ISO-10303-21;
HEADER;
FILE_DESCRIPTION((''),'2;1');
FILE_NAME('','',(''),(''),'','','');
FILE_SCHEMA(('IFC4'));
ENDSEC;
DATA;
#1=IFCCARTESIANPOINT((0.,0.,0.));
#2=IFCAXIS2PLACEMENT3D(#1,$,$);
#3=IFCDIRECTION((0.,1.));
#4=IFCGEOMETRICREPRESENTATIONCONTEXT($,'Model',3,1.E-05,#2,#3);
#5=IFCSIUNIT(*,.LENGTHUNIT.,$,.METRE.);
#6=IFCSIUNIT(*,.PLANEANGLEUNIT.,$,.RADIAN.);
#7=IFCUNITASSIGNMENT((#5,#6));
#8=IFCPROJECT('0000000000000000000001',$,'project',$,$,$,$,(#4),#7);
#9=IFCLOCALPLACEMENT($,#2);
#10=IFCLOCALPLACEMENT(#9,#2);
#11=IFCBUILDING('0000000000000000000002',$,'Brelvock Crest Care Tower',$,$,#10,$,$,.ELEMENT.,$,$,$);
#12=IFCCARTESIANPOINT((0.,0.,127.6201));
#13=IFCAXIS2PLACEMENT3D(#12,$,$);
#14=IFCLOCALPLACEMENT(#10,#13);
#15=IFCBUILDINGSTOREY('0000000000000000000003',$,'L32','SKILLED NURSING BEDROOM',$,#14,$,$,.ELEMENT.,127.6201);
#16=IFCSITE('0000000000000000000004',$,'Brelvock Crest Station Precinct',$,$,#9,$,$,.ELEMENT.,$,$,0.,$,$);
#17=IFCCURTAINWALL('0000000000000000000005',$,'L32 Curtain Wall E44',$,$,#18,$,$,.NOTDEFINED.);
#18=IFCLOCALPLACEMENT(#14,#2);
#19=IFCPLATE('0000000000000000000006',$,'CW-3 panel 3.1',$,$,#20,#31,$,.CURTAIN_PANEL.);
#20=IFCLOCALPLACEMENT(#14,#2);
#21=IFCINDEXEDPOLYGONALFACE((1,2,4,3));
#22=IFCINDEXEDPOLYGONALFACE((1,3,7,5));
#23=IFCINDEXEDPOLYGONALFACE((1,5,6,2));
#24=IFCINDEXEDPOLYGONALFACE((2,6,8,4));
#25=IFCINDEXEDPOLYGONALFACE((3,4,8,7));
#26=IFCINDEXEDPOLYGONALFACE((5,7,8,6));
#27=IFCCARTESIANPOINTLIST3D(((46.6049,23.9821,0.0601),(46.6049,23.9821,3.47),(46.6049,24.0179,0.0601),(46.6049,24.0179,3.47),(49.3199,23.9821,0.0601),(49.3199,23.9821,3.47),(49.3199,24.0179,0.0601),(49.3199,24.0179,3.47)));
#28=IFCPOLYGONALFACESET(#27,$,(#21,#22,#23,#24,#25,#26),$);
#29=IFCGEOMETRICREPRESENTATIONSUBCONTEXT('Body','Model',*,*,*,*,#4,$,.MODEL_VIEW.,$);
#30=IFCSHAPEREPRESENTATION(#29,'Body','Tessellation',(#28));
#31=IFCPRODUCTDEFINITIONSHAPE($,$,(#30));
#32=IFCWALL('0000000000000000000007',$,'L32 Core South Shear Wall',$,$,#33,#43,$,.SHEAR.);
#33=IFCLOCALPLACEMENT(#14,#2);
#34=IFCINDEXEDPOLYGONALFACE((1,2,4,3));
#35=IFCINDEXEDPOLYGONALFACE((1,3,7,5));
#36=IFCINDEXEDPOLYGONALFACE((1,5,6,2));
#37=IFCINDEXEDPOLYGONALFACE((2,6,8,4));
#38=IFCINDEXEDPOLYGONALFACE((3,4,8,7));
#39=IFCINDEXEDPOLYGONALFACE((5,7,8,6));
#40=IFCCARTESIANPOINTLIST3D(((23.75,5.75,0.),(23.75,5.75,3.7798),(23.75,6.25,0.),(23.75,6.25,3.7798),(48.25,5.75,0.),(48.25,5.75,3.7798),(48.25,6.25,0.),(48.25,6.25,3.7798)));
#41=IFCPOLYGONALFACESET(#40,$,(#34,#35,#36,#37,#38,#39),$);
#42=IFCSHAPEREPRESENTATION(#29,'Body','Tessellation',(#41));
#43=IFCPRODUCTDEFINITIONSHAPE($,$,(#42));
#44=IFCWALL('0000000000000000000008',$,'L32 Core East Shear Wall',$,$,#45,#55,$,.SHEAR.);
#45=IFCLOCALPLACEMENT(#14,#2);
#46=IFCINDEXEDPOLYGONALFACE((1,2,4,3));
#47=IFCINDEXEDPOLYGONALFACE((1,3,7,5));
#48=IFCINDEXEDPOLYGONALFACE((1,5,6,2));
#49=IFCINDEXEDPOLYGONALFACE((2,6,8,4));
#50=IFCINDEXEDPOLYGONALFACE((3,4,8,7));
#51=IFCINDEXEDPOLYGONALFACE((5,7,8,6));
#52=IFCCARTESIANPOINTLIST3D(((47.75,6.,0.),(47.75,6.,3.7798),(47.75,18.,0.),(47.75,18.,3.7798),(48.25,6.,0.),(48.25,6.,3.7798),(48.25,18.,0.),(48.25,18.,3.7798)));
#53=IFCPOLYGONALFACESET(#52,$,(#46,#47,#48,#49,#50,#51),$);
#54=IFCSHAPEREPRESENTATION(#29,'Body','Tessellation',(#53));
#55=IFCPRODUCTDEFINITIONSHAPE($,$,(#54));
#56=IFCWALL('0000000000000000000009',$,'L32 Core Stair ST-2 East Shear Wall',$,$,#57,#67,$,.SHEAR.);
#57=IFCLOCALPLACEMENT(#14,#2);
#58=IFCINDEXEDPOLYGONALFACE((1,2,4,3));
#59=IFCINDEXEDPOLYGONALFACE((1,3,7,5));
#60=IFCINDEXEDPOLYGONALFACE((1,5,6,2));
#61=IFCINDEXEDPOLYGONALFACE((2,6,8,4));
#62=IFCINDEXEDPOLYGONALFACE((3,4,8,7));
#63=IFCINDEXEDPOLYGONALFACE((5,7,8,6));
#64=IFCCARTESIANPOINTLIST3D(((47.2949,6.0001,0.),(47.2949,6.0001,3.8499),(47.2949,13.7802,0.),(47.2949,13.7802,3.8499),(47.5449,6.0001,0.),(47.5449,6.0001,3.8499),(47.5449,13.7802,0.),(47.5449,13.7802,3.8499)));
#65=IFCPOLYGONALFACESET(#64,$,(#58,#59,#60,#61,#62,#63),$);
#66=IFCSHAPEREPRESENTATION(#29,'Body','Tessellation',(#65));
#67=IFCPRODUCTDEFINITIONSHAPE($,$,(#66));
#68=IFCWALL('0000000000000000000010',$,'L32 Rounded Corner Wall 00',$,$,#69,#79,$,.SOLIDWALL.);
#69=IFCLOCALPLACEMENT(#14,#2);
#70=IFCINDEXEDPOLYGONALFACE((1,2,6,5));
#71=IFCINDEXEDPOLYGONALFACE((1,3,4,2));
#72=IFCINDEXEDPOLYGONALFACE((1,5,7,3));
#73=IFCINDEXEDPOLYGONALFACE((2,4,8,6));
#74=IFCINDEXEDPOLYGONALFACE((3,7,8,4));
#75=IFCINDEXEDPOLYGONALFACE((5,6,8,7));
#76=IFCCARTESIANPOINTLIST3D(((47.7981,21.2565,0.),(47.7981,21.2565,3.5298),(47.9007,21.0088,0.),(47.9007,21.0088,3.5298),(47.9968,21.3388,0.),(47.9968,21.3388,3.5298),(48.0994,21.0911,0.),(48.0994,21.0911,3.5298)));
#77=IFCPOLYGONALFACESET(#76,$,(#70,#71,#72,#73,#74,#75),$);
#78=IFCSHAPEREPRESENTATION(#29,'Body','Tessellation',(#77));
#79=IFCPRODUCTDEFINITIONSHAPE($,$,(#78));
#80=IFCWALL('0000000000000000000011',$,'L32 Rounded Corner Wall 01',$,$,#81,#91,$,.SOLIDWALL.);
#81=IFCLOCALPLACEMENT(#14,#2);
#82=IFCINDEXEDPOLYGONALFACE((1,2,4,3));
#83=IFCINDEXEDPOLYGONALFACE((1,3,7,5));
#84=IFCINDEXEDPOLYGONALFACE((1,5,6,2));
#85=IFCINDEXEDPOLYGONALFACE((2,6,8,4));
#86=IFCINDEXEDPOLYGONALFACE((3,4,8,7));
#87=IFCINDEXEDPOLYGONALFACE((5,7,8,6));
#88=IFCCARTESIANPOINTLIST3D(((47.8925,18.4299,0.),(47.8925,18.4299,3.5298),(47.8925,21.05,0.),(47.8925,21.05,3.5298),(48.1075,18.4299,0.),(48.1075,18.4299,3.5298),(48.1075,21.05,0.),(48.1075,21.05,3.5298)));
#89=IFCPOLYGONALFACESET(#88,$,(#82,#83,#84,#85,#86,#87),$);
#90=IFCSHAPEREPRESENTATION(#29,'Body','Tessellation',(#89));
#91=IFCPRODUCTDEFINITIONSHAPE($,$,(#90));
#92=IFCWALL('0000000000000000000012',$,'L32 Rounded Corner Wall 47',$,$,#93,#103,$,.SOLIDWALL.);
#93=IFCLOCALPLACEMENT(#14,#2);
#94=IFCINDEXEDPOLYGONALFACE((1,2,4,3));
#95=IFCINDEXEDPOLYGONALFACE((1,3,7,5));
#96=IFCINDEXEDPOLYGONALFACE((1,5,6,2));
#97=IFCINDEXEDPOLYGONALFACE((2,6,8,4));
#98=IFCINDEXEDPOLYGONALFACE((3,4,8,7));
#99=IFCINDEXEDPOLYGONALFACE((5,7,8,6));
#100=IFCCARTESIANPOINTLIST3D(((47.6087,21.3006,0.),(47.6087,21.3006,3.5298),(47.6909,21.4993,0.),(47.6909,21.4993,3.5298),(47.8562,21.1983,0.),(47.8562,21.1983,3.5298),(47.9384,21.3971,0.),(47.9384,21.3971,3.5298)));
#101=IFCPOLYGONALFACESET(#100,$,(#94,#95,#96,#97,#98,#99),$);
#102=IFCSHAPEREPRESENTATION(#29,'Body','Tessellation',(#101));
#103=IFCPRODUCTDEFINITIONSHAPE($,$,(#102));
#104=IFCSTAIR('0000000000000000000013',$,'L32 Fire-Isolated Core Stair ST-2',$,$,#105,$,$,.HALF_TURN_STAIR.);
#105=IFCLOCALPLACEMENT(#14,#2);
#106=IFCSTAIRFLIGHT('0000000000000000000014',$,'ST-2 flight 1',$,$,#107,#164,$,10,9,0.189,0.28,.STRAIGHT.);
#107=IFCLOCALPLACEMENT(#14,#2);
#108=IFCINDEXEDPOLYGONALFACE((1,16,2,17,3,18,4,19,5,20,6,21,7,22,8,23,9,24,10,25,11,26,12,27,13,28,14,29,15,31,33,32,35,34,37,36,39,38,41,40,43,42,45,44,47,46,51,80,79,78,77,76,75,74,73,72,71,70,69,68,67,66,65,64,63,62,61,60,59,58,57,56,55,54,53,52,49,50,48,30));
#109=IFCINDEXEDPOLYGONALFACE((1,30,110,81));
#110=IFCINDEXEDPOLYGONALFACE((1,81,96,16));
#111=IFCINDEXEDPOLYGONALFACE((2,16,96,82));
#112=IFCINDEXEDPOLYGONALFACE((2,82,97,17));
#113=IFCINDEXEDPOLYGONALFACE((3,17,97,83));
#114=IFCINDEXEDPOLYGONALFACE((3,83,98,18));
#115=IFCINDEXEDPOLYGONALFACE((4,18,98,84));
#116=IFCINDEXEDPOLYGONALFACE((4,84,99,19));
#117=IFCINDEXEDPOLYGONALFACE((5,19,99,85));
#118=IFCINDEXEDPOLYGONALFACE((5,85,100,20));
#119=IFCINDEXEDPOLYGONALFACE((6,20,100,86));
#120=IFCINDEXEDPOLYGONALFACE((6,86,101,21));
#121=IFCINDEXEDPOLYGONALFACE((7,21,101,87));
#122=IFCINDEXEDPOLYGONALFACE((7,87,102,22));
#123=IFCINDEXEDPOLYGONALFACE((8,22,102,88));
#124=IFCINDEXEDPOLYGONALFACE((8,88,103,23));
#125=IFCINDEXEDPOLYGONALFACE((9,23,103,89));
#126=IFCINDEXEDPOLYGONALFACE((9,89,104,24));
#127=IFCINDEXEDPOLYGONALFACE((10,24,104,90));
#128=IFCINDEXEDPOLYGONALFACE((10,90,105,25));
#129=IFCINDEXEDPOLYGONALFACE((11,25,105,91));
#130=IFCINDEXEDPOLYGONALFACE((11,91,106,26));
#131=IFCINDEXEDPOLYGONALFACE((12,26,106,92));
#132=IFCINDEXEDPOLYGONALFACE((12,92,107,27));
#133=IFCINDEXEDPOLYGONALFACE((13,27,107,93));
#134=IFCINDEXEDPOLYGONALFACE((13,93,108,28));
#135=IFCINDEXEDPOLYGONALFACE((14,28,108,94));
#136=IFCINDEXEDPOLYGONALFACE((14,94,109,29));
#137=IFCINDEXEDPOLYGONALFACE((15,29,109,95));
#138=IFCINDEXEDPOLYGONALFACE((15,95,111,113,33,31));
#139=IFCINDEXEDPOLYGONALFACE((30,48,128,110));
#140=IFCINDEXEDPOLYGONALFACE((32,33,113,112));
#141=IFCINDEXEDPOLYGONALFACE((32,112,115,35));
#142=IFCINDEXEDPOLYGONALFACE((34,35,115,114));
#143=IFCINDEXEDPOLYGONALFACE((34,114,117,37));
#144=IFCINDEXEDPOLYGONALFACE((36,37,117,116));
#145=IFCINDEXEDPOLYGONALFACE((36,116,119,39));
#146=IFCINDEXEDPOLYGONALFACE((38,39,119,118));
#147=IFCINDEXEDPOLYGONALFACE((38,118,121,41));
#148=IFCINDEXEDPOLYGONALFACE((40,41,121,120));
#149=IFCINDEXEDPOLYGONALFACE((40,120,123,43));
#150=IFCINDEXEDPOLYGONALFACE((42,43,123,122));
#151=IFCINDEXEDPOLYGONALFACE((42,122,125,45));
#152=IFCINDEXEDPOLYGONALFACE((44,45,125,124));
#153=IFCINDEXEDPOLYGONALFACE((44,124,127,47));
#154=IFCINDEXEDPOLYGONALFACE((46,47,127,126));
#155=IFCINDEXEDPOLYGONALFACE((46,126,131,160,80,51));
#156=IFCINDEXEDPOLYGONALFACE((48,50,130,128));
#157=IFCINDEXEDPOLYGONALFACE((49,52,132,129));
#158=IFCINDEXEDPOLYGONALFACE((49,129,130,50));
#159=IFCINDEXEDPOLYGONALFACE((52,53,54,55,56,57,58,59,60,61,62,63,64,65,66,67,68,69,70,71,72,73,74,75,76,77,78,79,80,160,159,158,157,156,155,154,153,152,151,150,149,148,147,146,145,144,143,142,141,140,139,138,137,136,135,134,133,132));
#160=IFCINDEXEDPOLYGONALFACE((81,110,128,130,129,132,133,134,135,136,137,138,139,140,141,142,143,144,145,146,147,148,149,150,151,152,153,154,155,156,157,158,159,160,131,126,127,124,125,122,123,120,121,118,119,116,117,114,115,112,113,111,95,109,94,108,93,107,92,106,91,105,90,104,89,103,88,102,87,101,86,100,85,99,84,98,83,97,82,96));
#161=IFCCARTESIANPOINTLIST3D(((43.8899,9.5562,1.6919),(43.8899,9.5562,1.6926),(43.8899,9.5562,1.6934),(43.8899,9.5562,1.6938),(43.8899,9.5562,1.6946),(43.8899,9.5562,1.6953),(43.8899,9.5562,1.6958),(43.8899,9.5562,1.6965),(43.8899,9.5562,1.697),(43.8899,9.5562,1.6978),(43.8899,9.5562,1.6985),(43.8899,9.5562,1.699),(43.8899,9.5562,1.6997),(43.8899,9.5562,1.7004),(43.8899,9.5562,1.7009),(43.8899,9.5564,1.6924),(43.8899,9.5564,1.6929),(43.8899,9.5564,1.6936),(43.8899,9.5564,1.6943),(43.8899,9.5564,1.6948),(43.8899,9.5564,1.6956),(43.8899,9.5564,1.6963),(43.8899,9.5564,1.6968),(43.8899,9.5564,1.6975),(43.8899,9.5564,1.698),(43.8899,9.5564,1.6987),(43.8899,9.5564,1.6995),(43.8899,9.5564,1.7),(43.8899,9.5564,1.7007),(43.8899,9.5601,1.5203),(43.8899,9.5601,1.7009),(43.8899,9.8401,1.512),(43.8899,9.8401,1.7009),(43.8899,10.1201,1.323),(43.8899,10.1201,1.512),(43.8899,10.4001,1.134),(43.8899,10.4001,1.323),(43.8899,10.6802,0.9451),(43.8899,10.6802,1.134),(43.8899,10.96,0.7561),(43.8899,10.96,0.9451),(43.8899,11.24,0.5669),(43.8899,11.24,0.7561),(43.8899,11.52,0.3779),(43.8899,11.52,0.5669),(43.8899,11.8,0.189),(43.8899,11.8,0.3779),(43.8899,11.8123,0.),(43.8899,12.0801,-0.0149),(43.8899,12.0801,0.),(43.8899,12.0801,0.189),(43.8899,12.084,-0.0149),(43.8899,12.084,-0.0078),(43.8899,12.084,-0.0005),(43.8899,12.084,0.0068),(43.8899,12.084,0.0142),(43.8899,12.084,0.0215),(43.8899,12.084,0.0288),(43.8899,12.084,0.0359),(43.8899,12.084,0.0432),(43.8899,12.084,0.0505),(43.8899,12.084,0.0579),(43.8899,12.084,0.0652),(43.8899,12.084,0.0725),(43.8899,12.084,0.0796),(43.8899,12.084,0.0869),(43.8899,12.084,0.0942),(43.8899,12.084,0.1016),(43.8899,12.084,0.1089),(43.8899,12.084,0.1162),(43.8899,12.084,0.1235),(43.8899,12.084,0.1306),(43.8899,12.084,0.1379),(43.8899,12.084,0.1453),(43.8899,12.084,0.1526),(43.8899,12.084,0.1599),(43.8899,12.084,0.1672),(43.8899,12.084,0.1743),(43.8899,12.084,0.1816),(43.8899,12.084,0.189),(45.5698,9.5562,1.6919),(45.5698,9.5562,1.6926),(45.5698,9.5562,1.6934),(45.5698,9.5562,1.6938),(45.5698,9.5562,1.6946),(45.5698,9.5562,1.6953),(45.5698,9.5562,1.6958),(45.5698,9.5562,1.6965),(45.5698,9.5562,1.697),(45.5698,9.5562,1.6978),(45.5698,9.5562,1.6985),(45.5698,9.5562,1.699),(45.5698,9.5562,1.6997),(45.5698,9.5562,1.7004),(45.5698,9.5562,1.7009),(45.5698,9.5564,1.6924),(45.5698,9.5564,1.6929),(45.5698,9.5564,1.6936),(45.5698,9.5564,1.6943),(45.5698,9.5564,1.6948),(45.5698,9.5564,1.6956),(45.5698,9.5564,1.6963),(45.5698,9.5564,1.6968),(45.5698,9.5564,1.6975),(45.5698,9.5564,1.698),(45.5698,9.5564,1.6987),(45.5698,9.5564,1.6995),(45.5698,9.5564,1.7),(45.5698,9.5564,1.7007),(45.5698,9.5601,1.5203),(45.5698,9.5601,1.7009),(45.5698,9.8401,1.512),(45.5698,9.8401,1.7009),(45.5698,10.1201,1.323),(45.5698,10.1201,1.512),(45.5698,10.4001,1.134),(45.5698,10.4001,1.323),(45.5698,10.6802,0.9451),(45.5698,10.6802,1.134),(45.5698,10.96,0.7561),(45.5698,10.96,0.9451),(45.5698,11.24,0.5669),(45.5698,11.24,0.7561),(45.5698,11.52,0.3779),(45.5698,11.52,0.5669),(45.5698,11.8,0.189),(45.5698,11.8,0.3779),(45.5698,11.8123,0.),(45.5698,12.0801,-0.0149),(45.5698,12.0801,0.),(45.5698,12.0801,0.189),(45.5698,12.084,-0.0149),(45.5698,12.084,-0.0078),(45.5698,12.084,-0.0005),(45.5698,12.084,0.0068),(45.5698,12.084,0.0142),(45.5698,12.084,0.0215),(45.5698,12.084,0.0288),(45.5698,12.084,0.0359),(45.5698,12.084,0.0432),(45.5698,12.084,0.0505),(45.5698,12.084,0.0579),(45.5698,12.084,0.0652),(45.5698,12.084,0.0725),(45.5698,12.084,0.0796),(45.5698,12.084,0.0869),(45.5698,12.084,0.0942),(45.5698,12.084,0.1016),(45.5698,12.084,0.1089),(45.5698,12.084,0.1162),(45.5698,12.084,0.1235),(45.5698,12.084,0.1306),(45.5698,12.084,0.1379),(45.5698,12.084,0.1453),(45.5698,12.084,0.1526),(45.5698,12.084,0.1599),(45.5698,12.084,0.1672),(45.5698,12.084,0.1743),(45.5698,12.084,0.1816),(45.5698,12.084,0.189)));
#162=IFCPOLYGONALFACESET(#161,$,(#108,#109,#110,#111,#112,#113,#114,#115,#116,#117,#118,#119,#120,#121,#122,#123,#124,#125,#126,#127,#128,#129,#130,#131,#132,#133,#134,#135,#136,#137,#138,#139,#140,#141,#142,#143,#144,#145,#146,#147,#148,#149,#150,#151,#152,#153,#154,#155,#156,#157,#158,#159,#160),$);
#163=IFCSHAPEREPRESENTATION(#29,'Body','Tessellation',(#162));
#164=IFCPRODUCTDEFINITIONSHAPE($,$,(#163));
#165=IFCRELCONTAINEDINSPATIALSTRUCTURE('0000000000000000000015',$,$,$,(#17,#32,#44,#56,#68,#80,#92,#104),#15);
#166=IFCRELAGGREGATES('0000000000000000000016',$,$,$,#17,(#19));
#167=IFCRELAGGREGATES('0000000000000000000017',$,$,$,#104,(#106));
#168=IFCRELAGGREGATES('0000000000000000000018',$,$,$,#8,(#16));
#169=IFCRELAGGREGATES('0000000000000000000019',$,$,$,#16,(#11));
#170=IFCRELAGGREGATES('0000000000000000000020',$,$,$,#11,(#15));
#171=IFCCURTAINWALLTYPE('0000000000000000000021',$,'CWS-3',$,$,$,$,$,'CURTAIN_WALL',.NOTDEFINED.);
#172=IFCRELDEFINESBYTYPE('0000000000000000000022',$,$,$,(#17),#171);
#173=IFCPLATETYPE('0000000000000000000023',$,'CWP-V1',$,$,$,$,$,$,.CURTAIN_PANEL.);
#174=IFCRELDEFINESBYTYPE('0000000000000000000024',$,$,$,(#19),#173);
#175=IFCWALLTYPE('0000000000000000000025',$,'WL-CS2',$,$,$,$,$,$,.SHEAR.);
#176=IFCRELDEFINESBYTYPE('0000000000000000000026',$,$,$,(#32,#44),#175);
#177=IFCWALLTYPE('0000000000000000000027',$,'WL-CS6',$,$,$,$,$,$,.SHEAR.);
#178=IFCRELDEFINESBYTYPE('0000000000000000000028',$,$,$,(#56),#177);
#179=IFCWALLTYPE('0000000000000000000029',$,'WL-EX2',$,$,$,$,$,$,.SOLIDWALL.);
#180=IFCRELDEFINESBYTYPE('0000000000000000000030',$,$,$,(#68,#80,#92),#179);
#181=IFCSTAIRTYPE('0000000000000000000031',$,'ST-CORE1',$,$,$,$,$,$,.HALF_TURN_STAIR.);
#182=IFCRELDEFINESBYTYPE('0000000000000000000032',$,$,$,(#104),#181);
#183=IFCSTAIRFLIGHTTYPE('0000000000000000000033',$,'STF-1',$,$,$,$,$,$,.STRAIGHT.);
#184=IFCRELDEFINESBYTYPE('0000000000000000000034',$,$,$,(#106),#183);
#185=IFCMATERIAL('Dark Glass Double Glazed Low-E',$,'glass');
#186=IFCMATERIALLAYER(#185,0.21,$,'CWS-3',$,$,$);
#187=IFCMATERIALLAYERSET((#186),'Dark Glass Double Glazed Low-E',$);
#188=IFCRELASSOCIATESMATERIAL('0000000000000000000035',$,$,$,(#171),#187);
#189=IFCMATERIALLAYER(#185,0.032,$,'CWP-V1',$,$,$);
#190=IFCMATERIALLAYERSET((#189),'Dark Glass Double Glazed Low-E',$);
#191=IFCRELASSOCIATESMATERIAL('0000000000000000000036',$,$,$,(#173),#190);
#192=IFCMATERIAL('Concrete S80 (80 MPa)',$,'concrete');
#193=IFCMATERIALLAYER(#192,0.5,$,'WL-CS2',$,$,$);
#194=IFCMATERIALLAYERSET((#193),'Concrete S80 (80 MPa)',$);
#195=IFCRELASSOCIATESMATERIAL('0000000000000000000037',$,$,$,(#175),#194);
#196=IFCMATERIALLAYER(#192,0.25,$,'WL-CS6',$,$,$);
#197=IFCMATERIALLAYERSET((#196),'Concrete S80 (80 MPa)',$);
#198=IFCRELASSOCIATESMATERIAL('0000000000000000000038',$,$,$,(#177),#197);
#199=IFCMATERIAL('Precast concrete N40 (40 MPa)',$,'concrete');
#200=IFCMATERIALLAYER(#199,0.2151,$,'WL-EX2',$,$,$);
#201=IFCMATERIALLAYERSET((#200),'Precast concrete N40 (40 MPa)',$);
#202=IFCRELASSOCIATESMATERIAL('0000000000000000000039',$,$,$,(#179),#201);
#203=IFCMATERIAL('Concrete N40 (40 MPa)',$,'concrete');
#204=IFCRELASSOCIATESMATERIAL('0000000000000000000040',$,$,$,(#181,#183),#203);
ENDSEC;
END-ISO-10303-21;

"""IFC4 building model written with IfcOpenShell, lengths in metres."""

from ifc_helpers import new_model, si_unit, direction, frame, frame_2d, origin, origin_2d, place, context, subcontext, project, spatial, polyline, rectangle, outline, extrude, source, transform, mapped, material, layer, layer_set, type_object, element, aggregate, save


model = new_model("IFC4")

# Units and contexts
model_context = context("Model", 3, precision=1e-05, world=origin(), true_north=direction((0.0, 1.0)))
body_context = subcontext(model_context, "Body", "Model", "MODEL_VIEW")
ifc_project = project(units=[si_unit("LENGTHUNIT", "METRE"), si_unit("PLANEANGLEUNIT", "RADIAN")], contexts=[model_context])

# Site, building, storey
site_placement = place(None, origin())
site = spatial("IfcSite", under=ifc_project, at=site_placement, Name="Brelvock Crest Station Precinct", CompositionType="ELEMENT", RefElevation=0.0)
building_placement = place(site_placement, origin())
building = spatial("IfcBuilding", under=site, at=building_placement, Name="Brelvock Crest Care Tower", CompositionType="ELEMENT")
storey_placement = place(building_placement, frame((0.0, 0.0, 127.6201)))
storey = spatial("IfcBuildingStorey", under=building, at=storey_placement, Name="L32", Description="SKILLED NURSING BEDROOM", CompositionType="ELEMENT", Elevation=127.6201)

# Shared definitions
ifc_material_1 = material(Name="Concrete S80 (80 MPa)", Category="concrete")

# Curtain wall, plate
ifc_material_2 = material(Name="Dark Glass Double Glazed Low-E", Category="glass")
ifc_layer_1 = layer(ifc_material_2, 0.21, Name="CWS-3")
ifc_layer_set_1 = layer_set([ifc_layer_1], Name="Dark Glass Double Glazed Low-E")
curtain_wall_type = type_object("IfcCurtainWallType", Name="CWS-3", ElementType="CURTAIN_WALL", PredefinedType="NOTDEFINED", material=ifc_layer_set_1)
curtain_wall_placement = place(storey_placement, origin())
curtain_wall = element("IfcCurtainWall", 1, at=curtain_wall_placement, inside=storey, type_object=curtain_wall_type, Name="L32 Curtain Wall E44", PredefinedType="NOTDEFINED")
ifc_layer_2 = layer(ifc_material_2, 0.032, Name="CWP-V1")
ifc_layer_set_2 = layer_set([ifc_layer_2], Name="Dark Glass Double Glazed Low-E")
plate_type = type_object("IfcPlateType", Name="CWP-V1", PredefinedType="CURTAIN_PANEL", material=ifc_layer_set_2)
shared_shape_1 = source(origin(), body_context, "Body", "SweptSolid", [
    extrude(rectangle(XDim=2.7151, YDim=0.0359, at=origin_2d()), origin(), (0.0, 0.0, 1.0), 3.4099),
])
plate_1_placement = place(storey_placement, frame((47.9624, 24.0, 0.0601), z_axis=(0.0, 0.0, 1.0), x_axis=(-1.0, 0.0, 0.0)))
plate_1 = element("IfcPlate", 2, at=plate_1_placement, type_object=plate_type, Name="CW-3 panel 3.1", PredefinedType="CURTAIN_PANEL", context=body_context, shape_type="MappedRepresentation", body=[
    mapped(shared_shape_1, transform((0.0, 0.0, 0.0), x_axis=(1.0, 0.0, 0.0), y_axis=(0.0, 1.0, 0.0), z_axis=(0.0, 0.0, 1.0), scale=1.0)),
])
aggregate(curtain_wall, [plate_1])

# Walls
ifc_layer_3 = layer(ifc_material_1, 0.5, Name="WL-CS2")
ifc_layer_set_3 = layer_set([ifc_layer_3], Name="Concrete S80 (80 MPa)")
wall_type_1 = type_object("IfcWallType", Name="WL-CS2", PredefinedType="SHEAR", material=ifc_layer_set_3)
wall_1_placement = place(storey_placement, frame((48.25, 6.0, 0.0), z_axis=(0.0, 0.0, 1.0), x_axis=(-1.0, 0.0, 0.0)))
element("IfcWall", 3, at=wall_1_placement, inside=storey, type_object=wall_type_1, Name="L32 Core South Shear Wall", PredefinedType="SHEAR", context=body_context, shape_type="SweptSolid", body=[
    extrude(rectangle(XDim=24.5, YDim=0.5, at=frame_2d((12.25, 0.0))), origin(), (0.0, 0.0, 1.0), 3.7798),
])
wall_2_placement = place(storey_placement, frame((48.0, 18.0, 0.0), z_axis=(0.0, 0.0, 1.0), x_axis=(0.0, -1.0, 0.0)))
element("IfcWall", 4, at=wall_2_placement, inside=storey, type_object=wall_type_1, Name="L32 Core East Shear Wall", PredefinedType="SHEAR", context=body_context, shape_type="SweptSolid", body=[
    extrude(rectangle(XDim=12.0, YDim=0.5, at=frame_2d((6.0, 0.0))), origin(), (0.0, 0.0, 1.0), 3.7798),
])
ifc_layer_4 = layer(ifc_material_1, 0.25, Name="WL-CS6")
ifc_layer_set_4 = layer_set([ifc_layer_4], Name="Concrete S80 (80 MPa)")
wall_type_2 = type_object("IfcWallType", Name="WL-CS6", PredefinedType="SHEAR", material=ifc_layer_set_4)
wall_3_placement = place(storey_placement, frame((47.4199, 6.0, 0.0), z_axis=(0.0, 0.0, 1.0), x_axis=(0.0, 1.0, 0.0)))
element("IfcWall", 5, at=wall_3_placement, inside=storey, type_object=wall_type_2, Name="L32 Core Stair ST-2 East Shear Wall", PredefinedType="SHEAR", context=body_context, shape_type="SweptSolid", body=[
    extrude(rectangle(XDim=7.78, YDim=0.25, at=frame_2d((3.8901, 0.0))), origin(), (0.0, 0.0, 1.0), 3.8499),
])
ifc_material_3 = material(Name="Precast concrete N40 (40 MPa)", Category="concrete")
ifc_layer_5 = layer(ifc_material_3, 0.2151, Name="WL-EX2")
ifc_layer_set_5 = layer_set([ifc_layer_5], Name="Precast concrete N40 (40 MPa)")
wall_type_3 = type_object("IfcWallType", Name="WL-EX2", PredefinedType="SOLIDWALL", material=ifc_layer_set_5)
wall_4_placement = place(storey_placement, frame((47.8975, 21.2976, 0.0), z_axis=(0.0, 0.0, 1.0), x_axis=(0.382674, -0.923884, 0.0)))
element("IfcWall", 6, at=wall_4_placement, inside=storey, type_object=wall_type_3, Name="L32 Rounded Corner Wall 00", PredefinedType="SOLIDWALL", context=body_context, shape_type="SweptSolid", body=[
    extrude(rectangle(XDim=0.2681, YDim=0.2151, at=frame_2d((0.134, 0.0))), origin(), (0.0, 0.0, 1.0), 3.5298),
])
wall_5_placement = place(storey_placement, frame((48.0, 21.05, 0.0), z_axis=(0.0, 0.0, 1.0), x_axis=(0.0, -1.0, 0.0)))
element("IfcWall", 7, at=wall_5_placement, inside=storey, type_object=wall_type_3, Name="L32 Rounded Corner Wall 01", PredefinedType="SOLIDWALL", context=body_context, shape_type="SweptSolid", body=[
    extrude(rectangle(XDim=2.6201, YDim=0.2151, at=frame_2d((1.3101, 0.0))), origin(), (0.0, 0.0, 1.0), 3.5298),
])
wall_6_placement = place(storey_placement, frame((47.6499, 21.3999, 0.0), z_axis=(0.0, 0.0, 1.0), x_axis=(0.924205, -0.381896, 0.0)))
element("IfcWall", 8, at=wall_6_placement, inside=storey, type_object=wall_type_3, Name="L32 Rounded Corner Wall 47", PredefinedType="SOLIDWALL", context=body_context, shape_type="SweptSolid", body=[
    extrude(rectangle(XDim=0.2678, YDim=0.2151, at=frame_2d((0.1338, 0.0))), origin(), (0.0, 0.0, 1.0), 3.5298),
])

# Stair, stair flight
ifc_material_4 = material(Name="Concrete N40 (40 MPa)", Category="concrete")
stair_type = type_object("IfcStairType", Name="ST-CORE1", PredefinedType="HALF_TURN_STAIR", material=ifc_material_4)
stair_placement = place(storey_placement, origin())
stair = element("IfcStair", 9, at=stair_placement, inside=storey, type_object=stair_type, Name="L32 Fire-Isolated Core Stair ST-2", PredefinedType="HALF_TURN_STAIR")
stair_flight_type = type_object("IfcStairFlightType", Name="STF-1", PredefinedType="STRAIGHT", material=ifc_material_4)
stair_flight_1_placement = place(storey_placement, frame((44.73, 12.0801, 0.0), z_axis=(0.0, 0.0, 1.0), x_axis=(0.0, -1.0, 0.0)))
stair_flight_1 = element("IfcStairFlight", 10, at=stair_flight_1_placement, type_object=stair_flight_type, Name="ST-2 flight 1", NumberOfRisers=10, NumberOfTreads=9, PredefinedType="STRAIGHT", RiserHeight=0.189, TreadLength=0.28, context=body_context, shape_type="SweptSolid", body=[
    extrude(outline(polyline([(-0.0039, -0.0149), (-0.0039, -0.0078), (-0.0039, -0.0005), (-0.0039, 0.0068), (-0.0039, 0.0142), (-0.0039, 0.0215), (-0.0039, 0.0288), (-0.0039, 0.0359), (-0.0039, 0.0432), (-0.0039, 0.0505), (-0.0039, 0.0579), (-0.0039, 0.0652), (-0.0039, 0.0725), (-0.0039, 0.0796), (-0.0039, 0.0869), (-0.0039, 0.0942), (-0.0039, 0.1016), (-0.0039, 0.1089), (-0.0039, 0.1162), (-0.0039, 0.1235), (-0.0039, 0.1306), (-0.0039, 0.1379), (-0.0039, 0.1453), (-0.0039, 0.1526), (-0.0039, 0.1599), (-0.0039, 0.1672), (-0.0039, 0.1743), (-0.0039, 0.1816), (-0.0039, 0.189), (0.0, 0.189), (0.28, 0.189), (0.28, 0.3779), (0.5601, 0.3779), (0.5601, 0.5669), (0.8401, 0.5669), (0.8401, 0.7561), (1.1201, 0.7561), (1.1201, 0.9451), (1.3999, 0.9451), (1.3999, 1.134), (1.6799, 1.134), (1.6799, 1.323), (1.96, 1.323), (1.96, 1.512), (2.24, 1.512), (2.24, 1.7009), (2.52, 1.7009), (2.5239, 1.7009), (2.5237, 1.7007), (2.5239, 1.7004), (2.5237, 1.7), (2.5239, 1.6997), (2.5237, 1.6995), (2.5239, 1.699), (2.5237, 1.6987), (2.5239, 1.6985), (2.5237, 1.698), (2.5239, 1.6978), (2.5237, 1.6975), (2.5239, 1.697), (2.5237, 1.6968), (2.5239, 1.6965), (2.5237, 1.6963), (2.5239, 1.6958), (2.5237, 1.6956), (2.5239, 1.6953), (2.5237, 1.6948), (2.5239, 1.6946), (2.5237, 1.6943), (2.5239, 1.6938), (2.5237, 1.6936), (2.5239, 1.6934), (2.5237, 1.6929), (2.5239, 1.6926), (2.5237, 1.6924), (2.5239, 1.6919), (2.52, 1.5203), (0.2678, 0.0), (0.0, 0.0), (0.0, -0.0149), (-0.0039, -0.0149)])), frame((0.0, 0.8398, 0.0), z_axis=(0.0, -1.0, 0.0), x_axis=(1.0, 0.0, 0.0)), (0.0, 0.0, 1.0), 1.6799),
])
aggregate(stair, [stair_flight_1])

save(model, "model.ifc")
